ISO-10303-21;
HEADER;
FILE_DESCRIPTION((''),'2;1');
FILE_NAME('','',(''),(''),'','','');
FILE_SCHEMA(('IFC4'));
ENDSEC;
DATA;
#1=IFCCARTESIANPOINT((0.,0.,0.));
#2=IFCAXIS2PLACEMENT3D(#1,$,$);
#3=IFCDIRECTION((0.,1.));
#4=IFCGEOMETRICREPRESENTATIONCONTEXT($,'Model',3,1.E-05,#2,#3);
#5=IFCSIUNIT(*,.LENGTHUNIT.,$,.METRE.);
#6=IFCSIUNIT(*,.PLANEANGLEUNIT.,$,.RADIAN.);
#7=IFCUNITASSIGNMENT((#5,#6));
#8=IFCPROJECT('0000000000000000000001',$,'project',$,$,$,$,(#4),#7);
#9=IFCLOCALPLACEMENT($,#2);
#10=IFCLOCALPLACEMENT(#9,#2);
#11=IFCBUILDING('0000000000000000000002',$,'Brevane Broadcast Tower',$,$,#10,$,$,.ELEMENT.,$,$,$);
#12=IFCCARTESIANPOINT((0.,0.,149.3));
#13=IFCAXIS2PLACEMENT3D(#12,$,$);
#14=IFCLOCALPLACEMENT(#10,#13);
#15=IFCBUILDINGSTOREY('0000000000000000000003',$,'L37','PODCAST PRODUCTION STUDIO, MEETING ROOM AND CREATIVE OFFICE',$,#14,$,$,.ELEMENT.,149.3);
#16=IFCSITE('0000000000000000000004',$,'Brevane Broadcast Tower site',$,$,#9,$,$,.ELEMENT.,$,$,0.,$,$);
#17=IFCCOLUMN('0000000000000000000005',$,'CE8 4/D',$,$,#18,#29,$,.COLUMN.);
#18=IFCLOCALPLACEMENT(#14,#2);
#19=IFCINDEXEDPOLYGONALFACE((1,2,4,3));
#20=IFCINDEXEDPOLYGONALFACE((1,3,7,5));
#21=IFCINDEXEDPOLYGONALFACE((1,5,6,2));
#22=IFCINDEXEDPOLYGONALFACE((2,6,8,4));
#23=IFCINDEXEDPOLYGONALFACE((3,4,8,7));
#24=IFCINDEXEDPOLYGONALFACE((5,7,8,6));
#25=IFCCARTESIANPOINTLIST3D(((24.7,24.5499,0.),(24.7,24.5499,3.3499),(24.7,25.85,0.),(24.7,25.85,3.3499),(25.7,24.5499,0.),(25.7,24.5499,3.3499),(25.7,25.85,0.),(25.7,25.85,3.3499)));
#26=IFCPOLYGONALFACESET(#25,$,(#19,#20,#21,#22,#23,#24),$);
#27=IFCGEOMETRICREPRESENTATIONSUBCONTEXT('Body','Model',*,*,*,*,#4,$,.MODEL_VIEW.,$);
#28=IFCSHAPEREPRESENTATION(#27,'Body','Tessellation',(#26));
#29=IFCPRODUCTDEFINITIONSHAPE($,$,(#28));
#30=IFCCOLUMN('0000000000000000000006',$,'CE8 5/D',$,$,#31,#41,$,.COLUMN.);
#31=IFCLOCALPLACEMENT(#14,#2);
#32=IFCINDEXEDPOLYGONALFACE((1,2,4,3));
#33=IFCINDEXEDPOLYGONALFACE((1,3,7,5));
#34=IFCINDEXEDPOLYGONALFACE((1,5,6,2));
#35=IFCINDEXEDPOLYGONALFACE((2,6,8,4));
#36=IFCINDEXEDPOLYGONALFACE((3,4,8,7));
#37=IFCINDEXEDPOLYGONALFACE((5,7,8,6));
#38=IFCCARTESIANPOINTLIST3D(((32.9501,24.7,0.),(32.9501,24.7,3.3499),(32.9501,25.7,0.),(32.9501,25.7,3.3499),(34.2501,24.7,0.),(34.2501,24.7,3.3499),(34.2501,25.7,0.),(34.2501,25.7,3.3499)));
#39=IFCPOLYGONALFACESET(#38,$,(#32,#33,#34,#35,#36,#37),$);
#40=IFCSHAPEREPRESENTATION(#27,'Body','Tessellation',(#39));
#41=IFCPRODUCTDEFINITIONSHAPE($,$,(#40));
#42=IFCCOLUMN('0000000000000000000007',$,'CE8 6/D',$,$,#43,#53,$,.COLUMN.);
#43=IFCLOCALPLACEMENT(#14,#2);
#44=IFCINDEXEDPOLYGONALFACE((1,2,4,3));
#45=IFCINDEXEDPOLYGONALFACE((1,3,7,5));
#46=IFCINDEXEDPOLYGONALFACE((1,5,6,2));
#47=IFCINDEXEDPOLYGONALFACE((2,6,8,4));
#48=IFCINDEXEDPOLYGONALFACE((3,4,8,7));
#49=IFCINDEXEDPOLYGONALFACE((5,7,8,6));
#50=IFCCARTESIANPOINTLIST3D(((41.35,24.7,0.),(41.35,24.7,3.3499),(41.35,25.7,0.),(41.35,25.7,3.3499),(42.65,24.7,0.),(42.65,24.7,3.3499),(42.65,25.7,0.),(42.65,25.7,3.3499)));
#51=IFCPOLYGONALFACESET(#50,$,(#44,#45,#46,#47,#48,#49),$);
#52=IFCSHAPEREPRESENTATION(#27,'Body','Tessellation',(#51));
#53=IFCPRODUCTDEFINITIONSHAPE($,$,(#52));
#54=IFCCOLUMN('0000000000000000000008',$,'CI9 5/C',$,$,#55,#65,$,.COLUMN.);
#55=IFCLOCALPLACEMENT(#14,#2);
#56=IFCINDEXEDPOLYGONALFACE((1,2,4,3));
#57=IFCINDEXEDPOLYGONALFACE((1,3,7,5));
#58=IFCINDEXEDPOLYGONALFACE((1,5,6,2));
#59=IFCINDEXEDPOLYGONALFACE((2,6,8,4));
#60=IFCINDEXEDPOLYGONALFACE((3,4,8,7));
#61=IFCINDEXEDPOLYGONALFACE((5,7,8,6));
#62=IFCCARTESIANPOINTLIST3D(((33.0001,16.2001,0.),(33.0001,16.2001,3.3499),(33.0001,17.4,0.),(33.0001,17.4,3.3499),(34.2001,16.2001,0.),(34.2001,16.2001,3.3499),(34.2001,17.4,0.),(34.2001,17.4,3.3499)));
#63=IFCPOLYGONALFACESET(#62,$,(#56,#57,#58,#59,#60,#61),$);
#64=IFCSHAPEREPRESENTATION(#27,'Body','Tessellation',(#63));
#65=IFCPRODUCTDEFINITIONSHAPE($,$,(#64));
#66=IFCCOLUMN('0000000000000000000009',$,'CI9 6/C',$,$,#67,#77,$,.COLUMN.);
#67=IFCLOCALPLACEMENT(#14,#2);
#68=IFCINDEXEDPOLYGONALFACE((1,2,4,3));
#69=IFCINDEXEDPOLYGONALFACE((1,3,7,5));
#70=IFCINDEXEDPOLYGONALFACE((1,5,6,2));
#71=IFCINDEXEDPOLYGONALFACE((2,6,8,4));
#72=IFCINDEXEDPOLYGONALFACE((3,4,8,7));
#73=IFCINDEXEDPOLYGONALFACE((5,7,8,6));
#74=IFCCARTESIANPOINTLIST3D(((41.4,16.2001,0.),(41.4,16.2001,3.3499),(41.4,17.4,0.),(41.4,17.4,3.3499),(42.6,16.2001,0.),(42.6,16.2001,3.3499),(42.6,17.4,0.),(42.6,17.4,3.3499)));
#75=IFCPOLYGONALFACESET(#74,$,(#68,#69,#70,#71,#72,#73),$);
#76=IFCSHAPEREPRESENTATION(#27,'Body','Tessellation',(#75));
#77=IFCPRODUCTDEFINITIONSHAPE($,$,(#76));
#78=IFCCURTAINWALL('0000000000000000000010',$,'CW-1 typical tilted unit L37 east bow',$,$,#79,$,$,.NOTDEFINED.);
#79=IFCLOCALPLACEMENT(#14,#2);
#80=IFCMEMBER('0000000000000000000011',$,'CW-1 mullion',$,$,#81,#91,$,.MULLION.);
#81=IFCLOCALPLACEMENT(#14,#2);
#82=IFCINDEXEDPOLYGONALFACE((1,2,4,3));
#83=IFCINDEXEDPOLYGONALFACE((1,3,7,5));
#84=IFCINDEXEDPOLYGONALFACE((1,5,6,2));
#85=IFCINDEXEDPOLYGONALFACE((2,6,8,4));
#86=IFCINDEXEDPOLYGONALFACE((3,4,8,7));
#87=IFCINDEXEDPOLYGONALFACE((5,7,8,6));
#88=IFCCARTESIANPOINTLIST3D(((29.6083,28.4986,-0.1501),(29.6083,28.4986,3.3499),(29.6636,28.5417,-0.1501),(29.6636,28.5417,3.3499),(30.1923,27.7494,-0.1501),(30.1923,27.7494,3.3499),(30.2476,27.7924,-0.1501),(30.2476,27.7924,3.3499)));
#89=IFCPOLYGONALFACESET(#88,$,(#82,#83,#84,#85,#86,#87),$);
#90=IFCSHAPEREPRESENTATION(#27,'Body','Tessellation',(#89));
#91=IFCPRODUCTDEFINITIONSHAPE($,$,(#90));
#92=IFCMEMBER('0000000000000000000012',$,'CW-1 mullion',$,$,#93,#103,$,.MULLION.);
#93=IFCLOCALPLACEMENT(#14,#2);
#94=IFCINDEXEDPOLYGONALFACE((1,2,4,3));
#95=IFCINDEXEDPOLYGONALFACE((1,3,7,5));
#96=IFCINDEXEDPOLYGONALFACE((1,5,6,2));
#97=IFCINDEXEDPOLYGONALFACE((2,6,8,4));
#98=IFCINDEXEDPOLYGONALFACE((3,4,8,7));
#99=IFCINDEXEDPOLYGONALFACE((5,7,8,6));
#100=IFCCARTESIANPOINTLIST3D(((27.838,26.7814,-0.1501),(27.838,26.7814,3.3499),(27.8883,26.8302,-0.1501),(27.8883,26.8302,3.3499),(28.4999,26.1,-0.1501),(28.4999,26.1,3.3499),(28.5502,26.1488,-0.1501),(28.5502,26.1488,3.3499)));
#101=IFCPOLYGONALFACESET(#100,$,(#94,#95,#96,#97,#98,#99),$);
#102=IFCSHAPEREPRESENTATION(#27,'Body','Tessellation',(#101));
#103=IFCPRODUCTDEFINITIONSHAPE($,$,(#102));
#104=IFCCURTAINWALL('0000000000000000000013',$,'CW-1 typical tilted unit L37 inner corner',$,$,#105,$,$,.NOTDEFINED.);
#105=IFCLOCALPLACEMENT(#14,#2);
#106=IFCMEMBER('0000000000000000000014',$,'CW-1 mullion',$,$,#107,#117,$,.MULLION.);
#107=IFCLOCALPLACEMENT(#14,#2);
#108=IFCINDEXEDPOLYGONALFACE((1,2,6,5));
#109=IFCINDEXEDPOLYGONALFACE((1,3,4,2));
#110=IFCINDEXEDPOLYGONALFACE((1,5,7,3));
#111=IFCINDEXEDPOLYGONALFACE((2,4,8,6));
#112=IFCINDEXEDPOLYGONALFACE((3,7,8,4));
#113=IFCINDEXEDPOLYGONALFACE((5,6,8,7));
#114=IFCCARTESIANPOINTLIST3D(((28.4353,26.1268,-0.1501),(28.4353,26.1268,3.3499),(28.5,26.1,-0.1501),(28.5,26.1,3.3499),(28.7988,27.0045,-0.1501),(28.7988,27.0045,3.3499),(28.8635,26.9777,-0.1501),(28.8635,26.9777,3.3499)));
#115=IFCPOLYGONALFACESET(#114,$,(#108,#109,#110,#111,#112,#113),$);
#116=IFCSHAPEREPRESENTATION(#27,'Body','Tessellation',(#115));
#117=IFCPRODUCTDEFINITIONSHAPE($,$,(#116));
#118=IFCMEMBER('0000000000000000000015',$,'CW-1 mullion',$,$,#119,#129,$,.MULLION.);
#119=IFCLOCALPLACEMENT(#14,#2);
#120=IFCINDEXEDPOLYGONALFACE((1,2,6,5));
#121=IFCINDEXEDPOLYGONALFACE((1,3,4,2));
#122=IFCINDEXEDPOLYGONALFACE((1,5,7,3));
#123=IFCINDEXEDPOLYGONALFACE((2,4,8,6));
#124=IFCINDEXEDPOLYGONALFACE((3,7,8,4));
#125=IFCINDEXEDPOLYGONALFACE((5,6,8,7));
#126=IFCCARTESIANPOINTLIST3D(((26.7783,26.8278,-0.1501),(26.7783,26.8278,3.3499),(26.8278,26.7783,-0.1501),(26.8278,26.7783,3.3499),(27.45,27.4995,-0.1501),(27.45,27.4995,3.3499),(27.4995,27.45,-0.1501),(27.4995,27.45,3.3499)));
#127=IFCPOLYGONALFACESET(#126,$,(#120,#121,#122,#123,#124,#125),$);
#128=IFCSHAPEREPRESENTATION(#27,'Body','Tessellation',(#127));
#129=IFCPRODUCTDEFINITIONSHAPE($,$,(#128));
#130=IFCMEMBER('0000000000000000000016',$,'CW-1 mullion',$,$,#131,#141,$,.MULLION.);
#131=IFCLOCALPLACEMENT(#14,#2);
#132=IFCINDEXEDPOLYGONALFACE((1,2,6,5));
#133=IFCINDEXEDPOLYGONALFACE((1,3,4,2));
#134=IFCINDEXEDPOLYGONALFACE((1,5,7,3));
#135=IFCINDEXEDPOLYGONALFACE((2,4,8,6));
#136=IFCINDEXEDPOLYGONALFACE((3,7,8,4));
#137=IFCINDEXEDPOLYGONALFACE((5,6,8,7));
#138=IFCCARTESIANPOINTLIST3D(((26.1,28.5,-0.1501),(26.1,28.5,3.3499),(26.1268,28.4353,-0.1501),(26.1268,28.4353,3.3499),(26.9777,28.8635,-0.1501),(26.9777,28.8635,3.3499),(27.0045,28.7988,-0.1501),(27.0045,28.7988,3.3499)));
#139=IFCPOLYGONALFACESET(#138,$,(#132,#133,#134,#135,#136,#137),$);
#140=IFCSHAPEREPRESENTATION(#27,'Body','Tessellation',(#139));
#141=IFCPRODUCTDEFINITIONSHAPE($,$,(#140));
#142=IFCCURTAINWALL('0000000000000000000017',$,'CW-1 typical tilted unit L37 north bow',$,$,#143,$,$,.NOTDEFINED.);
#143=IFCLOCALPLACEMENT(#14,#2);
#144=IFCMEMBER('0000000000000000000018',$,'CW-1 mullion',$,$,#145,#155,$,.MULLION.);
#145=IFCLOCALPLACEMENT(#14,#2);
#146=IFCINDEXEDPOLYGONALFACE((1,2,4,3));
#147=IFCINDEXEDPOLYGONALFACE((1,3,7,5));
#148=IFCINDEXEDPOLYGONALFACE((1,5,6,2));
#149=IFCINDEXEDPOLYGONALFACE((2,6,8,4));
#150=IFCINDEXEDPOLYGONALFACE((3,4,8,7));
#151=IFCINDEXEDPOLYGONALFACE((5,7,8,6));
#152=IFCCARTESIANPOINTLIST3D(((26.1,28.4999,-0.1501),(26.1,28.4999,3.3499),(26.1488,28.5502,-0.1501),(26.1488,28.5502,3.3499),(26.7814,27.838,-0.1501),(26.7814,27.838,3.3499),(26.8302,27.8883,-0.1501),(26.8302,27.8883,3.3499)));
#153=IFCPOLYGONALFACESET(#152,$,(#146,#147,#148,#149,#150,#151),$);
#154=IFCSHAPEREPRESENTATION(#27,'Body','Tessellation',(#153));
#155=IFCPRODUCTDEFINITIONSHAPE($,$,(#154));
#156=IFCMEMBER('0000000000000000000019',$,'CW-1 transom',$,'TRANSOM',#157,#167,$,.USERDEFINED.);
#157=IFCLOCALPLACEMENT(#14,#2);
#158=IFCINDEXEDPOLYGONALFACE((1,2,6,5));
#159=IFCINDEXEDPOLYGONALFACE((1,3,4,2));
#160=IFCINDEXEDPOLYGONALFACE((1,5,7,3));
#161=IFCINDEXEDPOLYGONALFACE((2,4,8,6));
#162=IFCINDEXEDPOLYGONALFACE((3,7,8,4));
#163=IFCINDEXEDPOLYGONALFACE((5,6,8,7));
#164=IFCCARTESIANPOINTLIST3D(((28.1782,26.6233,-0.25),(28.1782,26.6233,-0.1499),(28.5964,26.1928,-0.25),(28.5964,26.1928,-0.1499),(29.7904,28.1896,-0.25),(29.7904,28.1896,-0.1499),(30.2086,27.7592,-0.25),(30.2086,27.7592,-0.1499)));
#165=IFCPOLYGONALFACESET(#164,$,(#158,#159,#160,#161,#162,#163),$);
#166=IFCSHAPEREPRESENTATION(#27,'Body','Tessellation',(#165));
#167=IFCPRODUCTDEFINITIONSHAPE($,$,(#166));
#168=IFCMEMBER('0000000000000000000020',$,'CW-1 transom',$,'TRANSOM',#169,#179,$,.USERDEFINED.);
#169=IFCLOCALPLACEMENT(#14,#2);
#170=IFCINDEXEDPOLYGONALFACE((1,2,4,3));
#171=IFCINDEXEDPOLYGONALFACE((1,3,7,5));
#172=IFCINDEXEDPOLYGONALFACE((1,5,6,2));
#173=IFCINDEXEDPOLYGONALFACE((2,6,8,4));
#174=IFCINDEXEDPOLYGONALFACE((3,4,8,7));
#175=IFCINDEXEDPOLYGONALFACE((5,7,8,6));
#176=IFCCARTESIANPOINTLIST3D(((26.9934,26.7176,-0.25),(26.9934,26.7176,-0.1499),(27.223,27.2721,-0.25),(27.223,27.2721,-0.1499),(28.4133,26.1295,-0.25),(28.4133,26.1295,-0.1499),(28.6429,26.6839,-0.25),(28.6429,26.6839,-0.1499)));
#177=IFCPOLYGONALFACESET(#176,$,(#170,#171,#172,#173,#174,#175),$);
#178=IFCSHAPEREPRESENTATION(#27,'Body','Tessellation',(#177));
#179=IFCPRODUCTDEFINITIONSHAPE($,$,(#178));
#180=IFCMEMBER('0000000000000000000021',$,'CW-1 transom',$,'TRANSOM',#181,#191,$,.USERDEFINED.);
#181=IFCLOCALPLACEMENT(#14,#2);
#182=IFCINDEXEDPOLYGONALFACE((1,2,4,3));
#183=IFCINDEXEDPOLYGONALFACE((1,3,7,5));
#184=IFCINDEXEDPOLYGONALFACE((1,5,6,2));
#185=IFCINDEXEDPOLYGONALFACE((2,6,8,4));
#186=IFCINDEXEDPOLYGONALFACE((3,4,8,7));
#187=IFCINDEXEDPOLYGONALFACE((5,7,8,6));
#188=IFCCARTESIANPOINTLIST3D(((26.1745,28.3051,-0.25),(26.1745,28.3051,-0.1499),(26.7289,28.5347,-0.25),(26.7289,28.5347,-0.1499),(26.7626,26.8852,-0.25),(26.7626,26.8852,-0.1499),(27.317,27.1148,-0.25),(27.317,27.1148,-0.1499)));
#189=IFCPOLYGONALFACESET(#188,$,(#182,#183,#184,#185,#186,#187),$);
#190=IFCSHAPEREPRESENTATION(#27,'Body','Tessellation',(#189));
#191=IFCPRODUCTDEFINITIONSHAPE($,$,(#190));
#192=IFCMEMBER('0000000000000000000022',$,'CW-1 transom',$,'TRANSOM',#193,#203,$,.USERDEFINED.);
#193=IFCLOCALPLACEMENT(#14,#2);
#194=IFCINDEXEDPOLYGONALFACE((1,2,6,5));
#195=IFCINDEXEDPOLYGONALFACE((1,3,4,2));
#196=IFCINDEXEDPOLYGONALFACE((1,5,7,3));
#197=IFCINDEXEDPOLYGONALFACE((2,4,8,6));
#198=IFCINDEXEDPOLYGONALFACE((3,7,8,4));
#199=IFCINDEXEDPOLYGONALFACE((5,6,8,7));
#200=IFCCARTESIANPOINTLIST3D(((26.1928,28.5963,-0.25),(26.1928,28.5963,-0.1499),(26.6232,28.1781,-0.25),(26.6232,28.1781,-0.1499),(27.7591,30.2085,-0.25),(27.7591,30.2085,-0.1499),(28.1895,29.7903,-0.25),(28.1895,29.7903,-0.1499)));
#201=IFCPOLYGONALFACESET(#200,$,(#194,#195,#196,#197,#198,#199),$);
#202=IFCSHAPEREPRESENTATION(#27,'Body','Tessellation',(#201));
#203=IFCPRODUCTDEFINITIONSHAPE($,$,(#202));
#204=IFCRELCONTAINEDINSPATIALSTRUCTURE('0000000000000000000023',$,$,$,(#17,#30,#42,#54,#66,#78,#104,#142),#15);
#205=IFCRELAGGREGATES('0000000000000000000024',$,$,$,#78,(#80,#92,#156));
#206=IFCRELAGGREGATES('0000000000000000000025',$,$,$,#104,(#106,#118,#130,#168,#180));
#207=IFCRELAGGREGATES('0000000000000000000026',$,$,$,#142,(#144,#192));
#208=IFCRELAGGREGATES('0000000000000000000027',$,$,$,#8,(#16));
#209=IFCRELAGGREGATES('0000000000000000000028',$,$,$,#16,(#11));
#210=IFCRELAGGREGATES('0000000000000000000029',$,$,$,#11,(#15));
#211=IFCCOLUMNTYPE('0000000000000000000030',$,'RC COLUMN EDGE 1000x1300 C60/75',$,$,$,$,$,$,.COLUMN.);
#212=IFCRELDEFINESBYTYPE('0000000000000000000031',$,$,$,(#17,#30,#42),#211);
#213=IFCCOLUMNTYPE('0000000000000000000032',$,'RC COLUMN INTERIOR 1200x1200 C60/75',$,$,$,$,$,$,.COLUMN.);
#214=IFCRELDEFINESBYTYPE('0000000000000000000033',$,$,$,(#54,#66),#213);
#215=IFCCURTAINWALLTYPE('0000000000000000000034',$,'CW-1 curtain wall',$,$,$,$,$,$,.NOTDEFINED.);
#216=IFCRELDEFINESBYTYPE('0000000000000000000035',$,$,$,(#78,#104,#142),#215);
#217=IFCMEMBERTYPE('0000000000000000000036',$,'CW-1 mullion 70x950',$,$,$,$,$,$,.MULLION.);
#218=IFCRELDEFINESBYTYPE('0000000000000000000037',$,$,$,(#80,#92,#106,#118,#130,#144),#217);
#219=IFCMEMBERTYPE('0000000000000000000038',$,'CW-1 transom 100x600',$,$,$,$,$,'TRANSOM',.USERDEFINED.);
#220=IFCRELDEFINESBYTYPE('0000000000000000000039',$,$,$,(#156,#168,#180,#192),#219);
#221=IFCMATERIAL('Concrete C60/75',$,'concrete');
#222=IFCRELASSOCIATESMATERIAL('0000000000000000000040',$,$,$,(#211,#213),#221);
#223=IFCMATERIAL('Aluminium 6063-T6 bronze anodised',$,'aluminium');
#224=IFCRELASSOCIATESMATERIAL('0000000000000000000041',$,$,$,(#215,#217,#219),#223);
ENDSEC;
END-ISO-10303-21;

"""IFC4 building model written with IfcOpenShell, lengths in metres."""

from ifc_helpers import new_model, si_unit, direction, frame, origin, origin_2d, place, context, subcontext, project, spatial, rectangle, extrude, material, material_profile, profile_set, type_object, element, aggregate, save


model = new_model("IFC4")

# Units and contexts
model_context = context("Model", 3, precision=1e-05, world=origin(), true_north=direction((0.0, 1.0)))
body_context = subcontext(model_context, "Body", "Model", "MODEL_VIEW")
ifc_project = project(units=[si_unit("LENGTHUNIT", "METRE"), si_unit("PLANEANGLEUNIT", "RADIAN")], contexts=[model_context])

# Site, building, storey
site_placement = place(None, origin())
site = spatial("IfcSite", under=ifc_project, at=site_placement, Name="Brevane Broadcast Tower site", CompositionType="ELEMENT", RefElevation=0.0)
building_placement = place(site_placement, origin())
building = spatial("IfcBuilding", under=site, at=building_placement, Name="Brevane Broadcast Tower", CompositionType="ELEMENT")
storey_placement = place(building_placement, frame((0.0, 0.0, 149.3)))
storey = spatial("IfcBuildingStorey", under=building, at=storey_placement, Name="L37", Description="PODCAST PRODUCTION STUDIO, MEETING ROOM AND CREATIVE OFFICE", CompositionType="ELEMENT", Elevation=149.3)

# Columns
ifc_material_1 = material(Name="Concrete C60/75", Category="concrete")
ifc_material_profile_1 = material_profile(ifc_material_1, rectangle(XDim=1.0, YDim=1.3, at=origin_2d()), Name="RC 1000x1300")
ifc_profile_set_1 = profile_set([ifc_material_profile_1], Name="Concrete C60/75")
column_type_1 = type_object("IfcColumnType", Name="RC COLUMN EDGE 1000x1300 C60/75", PredefinedType="COLUMN", material=ifc_profile_set_1)
for number, where, z_axis, x_axis, name in (
    (1, (25.2, 25.2, 0.0), (0.0, 0.0, 1.0), (1.0, 0.0, 0.0), "CE8 4/D"),
    (2, (33.6001, 25.2, 0.0), (0.0, 0.0, 1.0), (0.0, 1.0, 0.0), "CE8 5/D"),
    (3, (42.0, 25.2, 0.0), (0.0, 0.0, 1.0), (0.0, 1.0, 0.0), "CE8 6/D"),
):
    element("IfcColumn", number, at=place(storey_placement, frame(where, z_axis=z_axis, x_axis=x_axis)), inside=storey, type_object=column_type_1, Name=name, PredefinedType="COLUMN", context=body_context, shape_type="SweptSolid", body=[
        extrude(rectangle(XDim=1.0, YDim=1.3, at=origin_2d()), origin(), (0.0, 0.0, 1.0), 3.3499),
    ])
ifc_material_profile_2 = material_profile(ifc_material_1, rectangle(XDim=1.2, YDim=1.2, at=origin_2d()), Name="RC 1200x1200")
ifc_profile_set_2 = profile_set([ifc_material_profile_2], Name="Concrete C60/75")
column_type_2 = type_object("IfcColumnType", Name="RC COLUMN INTERIOR 1200x1200 C60/75", PredefinedType="COLUMN", material=ifc_profile_set_2)
for number, where, z_axis, x_axis, name in (
    (4, (33.6001, 16.8, 0.0), (0.0, 0.0, 1.0), (1.0, 0.0, 0.0), "CI9 5/C"),
    (5, (42.0, 16.8, 0.0), (0.0, 0.0, 1.0), (1.0, 0.0, 0.0), "CI9 6/C"),
):
    element("IfcColumn", number, at=place(storey_placement, frame(where, z_axis=z_axis, x_axis=x_axis)), inside=storey, type_object=column_type_2, Name=name, PredefinedType="COLUMN", context=body_context, shape_type="SweptSolid", body=[
        extrude(rectangle(XDim=1.2, YDim=1.2, at=origin_2d()), origin(), (0.0, 0.0, 1.0), 3.3499),
    ])

# Curtain walls, members
ifc_material_2 = material(Name="Aluminium 6063-T6 bronze anodised", Category="aluminium")
curtain_wall_type = type_object("IfcCurtainWallType", Name="CW-1 curtain wall", PredefinedType="NOTDEFINED", material=ifc_material_2)
curtain_wall_1_placement = place(storey_placement, origin())
curtain_wall_1 = element("IfcCurtainWall", 6, at=curtain_wall_1_placement, inside=storey, type_object=curtain_wall_type, Name="CW-1 typical tilted unit L37 east bow", PredefinedType="NOTDEFINED")
ifc_material_profile_3 = material_profile(ifc_material_2, rectangle(XDim=0.95, YDim=0.0701, at=origin_2d()), Name="RECT 70x950")
ifc_profile_set_3 = profile_set([ifc_material_profile_3], Name="Aluminium 6063-T6 bronze anodised")
member_type_1 = type_object("IfcMemberType", Name="CW-1 mullion 70x950", PredefinedType="MULLION", material=ifc_profile_set_3)
member_1_placement = place(storey_placement, frame((29.928, 28.1455, -0.1501), z_axis=(0.0, 0.0, 1.0), x_axis=(0.61477, -0.788707, 0.0)))
member_1 = element("IfcMember", 7, at=member_1_placement, type_object=member_type_1, Name="CW-1 mullion", PredefinedType="MULLION", context=body_context, shape_type="SweptSolid", body=[
    extrude(rectangle(XDim=0.95, YDim=0.0701, at=origin_2d()), origin(), (0.0, 0.0, 1.0), 3.5),
])
member_2_placement = place(storey_placement, frame((28.1941, 26.4651, -0.1501), z_axis=(0.0, 0.0, 1.0), x_axis=(0.696812, -0.717254, 0.0)))
member_2 = element("IfcMember", 8, at=member_2_placement, type_object=member_type_1, Name="CW-1 mullion", PredefinedType="MULLION", context=body_context, shape_type="SweptSolid", body=[
    extrude(rectangle(XDim=0.95, YDim=0.0701, at=origin_2d()), origin(), (0.0, 0.0, 1.0), 3.5),
])
curtain_wall_2_placement = place(storey_placement, origin())
curtain_wall_2 = element("IfcCurtainWall", 9, at=curtain_wall_2_placement, inside=storey, type_object=curtain_wall_type, Name="CW-1 typical tilted unit L37 inner corner", PredefinedType="NOTDEFINED")
member_3_placement = place(storey_placement, frame((28.6494, 26.5522, -0.1501), z_axis=(0.0, 0.0, 1.0), x_axis=(-0.382684, -0.923879, 0.0)))
member_3 = element("IfcMember", 10, at=member_3_placement, type_object=member_type_1, Name="CW-1 mullion", PredefinedType="MULLION", context=body_context, shape_type="SweptSolid", body=[
    extrude(rectangle(XDim=0.95, YDim=0.0701, at=origin_2d()), origin(), (0.0, 0.0, 1.0), 3.5),
])
member_4_placement = place(storey_placement, frame((27.1389, 27.1389, -0.1501), z_axis=(0.0, 0.0, 1.0), x_axis=(-0.707107, -0.707107, 0.0)))
member_4 = element("IfcMember", 11, at=member_4_placement, type_object=member_type_1, Name="CW-1 mullion", PredefinedType="MULLION", context=body_context, shape_type="SweptSolid", body=[
    extrude(rectangle(XDim=0.95, YDim=0.0701, at=origin_2d()), origin(), (0.0, 0.0, 1.0), 3.5),
])
member_5_placement = place(storey_placement, frame((26.5522, 28.6494, -0.1501), z_axis=(0.0, 0.0, 1.0), x_axis=(-0.923879, -0.382684, 0.0)))
member_5 = element("IfcMember", 12, at=member_5_placement, type_object=member_type_1, Name="CW-1 mullion", PredefinedType="MULLION", context=body_context, shape_type="SweptSolid", body=[
    extrude(rectangle(XDim=0.95, YDim=0.0701, at=origin_2d()), origin(), (0.0, 0.0, 1.0), 3.5),
])

# Curtain wall, member
curtain_wall_3_placement = place(storey_placement, origin())
curtain_wall_3 = element("IfcCurtainWall", 13, at=curtain_wall_3_placement, inside=storey, type_object=curtain_wall_type, Name="CW-1 typical tilted unit L37 north bow", PredefinedType="NOTDEFINED")
member_6_placement = place(storey_placement, frame((26.4651, 28.1941, -0.1501), z_axis=(0.0, 0.0, 1.0), x_axis=(-0.717254, 0.696812, 0.0)))
member_6 = element("IfcMember", 14, at=member_6_placement, type_object=member_type_1, Name="CW-1 mullion", PredefinedType="MULLION", context=body_context, shape_type="SweptSolid", body=[
    extrude(rectangle(XDim=0.95, YDim=0.0701, at=origin_2d()), origin(), (0.0, 0.0, 1.0), 3.5),
])

# Members
ifc_material_profile_4 = material_profile(ifc_material_2, rectangle(XDim=0.6001, YDim=0.1001, at=origin_2d()), Name="RECT 100x600")
ifc_profile_set_4 = profile_set([ifc_material_profile_4], Name="Aluminium 6063-T6 bronze anodised")
member_type_2 = type_object("IfcMemberType", Name="CW-1 transom 100x600", ElementType="TRANSOM", PredefinedType="USERDEFINED", material=ifc_profile_set_4)
member_7_placement = place(storey_placement, frame((29.9995, 27.9744, -0.2), z_axis=(-0.717242, -0.696824, 0.0), x_axis=(0.696824, -0.717242, 0.0)))
member_7 = element("IfcMember", 15, at=member_7_placement, type_object=member_type_2, Name="CW-1 transom", ObjectType="TRANSOM", PredefinedType="USERDEFINED", context=body_context, shape_type="SweptSolid", body=[
    extrude(rectangle(XDim=0.6001, YDim=0.1001, at=origin_2d()), origin(), (0.0, 0.0, 1.0), 2.2478),
])
aggregate(curtain_wall_1, [member_1, member_2, member_7])
member_8_placement = place(storey_placement, frame((28.5281, 26.4067, -0.2), z_axis=(-0.923883, 0.382674, 0.0), x_axis=(-0.382674, -0.923883, 0.0)))
member_8 = element("IfcMember", 16, at=member_8_placement, type_object=member_type_2, Name="CW-1 transom", ObjectType="TRANSOM", PredefinedType="USERDEFINED", context=body_context, shape_type="SweptSolid", body=[
    extrude(rectangle(XDim=0.6001, YDim=0.1001, at=origin_2d()), origin(), (0.0, 0.0, 1.0), 1.5369),
])
member_9_placement = place(storey_placement, frame((27.0398, 27.0, -0.2), z_axis=(-0.382674, 0.923883, 0.0), x_axis=(-0.923883, -0.382674, 0.0)))
member_9 = element("IfcMember", 17, at=member_9_placement, type_object=member_type_2, Name="CW-1 transom", ObjectType="TRANSOM", PredefinedType="USERDEFINED", context=body_context, shape_type="SweptSolid", body=[
    extrude(rectangle(XDim=0.6001, YDim=0.1001, at=origin_2d()), origin(), (0.0, 0.0, 1.0), 1.5369),
])
aggregate(curtain_wall_2, [member_3, member_4, member_5, member_8, member_9])
member_10_placement = place(storey_placement, frame((26.408, 28.3872, -0.2), z_axis=(0.696824, 0.717242, 0.0), x_axis=(-0.717242, 0.696824, 0.0)))
member_10 = element("IfcMember", 18, at=member_10_placement, type_object=member_type_2, Name="CW-1 transom", ObjectType="TRANSOM", PredefinedType="USERDEFINED", context=body_context, shape_type="SweptSolid", body=[
    extrude(rectangle(XDim=0.6001, YDim=0.1001, at=origin_2d()), origin(), (0.0, 0.0, 1.0), 2.2478),
])
aggregate(curtain_wall_3, [member_6, member_10])

save(model, "model.ifc")
